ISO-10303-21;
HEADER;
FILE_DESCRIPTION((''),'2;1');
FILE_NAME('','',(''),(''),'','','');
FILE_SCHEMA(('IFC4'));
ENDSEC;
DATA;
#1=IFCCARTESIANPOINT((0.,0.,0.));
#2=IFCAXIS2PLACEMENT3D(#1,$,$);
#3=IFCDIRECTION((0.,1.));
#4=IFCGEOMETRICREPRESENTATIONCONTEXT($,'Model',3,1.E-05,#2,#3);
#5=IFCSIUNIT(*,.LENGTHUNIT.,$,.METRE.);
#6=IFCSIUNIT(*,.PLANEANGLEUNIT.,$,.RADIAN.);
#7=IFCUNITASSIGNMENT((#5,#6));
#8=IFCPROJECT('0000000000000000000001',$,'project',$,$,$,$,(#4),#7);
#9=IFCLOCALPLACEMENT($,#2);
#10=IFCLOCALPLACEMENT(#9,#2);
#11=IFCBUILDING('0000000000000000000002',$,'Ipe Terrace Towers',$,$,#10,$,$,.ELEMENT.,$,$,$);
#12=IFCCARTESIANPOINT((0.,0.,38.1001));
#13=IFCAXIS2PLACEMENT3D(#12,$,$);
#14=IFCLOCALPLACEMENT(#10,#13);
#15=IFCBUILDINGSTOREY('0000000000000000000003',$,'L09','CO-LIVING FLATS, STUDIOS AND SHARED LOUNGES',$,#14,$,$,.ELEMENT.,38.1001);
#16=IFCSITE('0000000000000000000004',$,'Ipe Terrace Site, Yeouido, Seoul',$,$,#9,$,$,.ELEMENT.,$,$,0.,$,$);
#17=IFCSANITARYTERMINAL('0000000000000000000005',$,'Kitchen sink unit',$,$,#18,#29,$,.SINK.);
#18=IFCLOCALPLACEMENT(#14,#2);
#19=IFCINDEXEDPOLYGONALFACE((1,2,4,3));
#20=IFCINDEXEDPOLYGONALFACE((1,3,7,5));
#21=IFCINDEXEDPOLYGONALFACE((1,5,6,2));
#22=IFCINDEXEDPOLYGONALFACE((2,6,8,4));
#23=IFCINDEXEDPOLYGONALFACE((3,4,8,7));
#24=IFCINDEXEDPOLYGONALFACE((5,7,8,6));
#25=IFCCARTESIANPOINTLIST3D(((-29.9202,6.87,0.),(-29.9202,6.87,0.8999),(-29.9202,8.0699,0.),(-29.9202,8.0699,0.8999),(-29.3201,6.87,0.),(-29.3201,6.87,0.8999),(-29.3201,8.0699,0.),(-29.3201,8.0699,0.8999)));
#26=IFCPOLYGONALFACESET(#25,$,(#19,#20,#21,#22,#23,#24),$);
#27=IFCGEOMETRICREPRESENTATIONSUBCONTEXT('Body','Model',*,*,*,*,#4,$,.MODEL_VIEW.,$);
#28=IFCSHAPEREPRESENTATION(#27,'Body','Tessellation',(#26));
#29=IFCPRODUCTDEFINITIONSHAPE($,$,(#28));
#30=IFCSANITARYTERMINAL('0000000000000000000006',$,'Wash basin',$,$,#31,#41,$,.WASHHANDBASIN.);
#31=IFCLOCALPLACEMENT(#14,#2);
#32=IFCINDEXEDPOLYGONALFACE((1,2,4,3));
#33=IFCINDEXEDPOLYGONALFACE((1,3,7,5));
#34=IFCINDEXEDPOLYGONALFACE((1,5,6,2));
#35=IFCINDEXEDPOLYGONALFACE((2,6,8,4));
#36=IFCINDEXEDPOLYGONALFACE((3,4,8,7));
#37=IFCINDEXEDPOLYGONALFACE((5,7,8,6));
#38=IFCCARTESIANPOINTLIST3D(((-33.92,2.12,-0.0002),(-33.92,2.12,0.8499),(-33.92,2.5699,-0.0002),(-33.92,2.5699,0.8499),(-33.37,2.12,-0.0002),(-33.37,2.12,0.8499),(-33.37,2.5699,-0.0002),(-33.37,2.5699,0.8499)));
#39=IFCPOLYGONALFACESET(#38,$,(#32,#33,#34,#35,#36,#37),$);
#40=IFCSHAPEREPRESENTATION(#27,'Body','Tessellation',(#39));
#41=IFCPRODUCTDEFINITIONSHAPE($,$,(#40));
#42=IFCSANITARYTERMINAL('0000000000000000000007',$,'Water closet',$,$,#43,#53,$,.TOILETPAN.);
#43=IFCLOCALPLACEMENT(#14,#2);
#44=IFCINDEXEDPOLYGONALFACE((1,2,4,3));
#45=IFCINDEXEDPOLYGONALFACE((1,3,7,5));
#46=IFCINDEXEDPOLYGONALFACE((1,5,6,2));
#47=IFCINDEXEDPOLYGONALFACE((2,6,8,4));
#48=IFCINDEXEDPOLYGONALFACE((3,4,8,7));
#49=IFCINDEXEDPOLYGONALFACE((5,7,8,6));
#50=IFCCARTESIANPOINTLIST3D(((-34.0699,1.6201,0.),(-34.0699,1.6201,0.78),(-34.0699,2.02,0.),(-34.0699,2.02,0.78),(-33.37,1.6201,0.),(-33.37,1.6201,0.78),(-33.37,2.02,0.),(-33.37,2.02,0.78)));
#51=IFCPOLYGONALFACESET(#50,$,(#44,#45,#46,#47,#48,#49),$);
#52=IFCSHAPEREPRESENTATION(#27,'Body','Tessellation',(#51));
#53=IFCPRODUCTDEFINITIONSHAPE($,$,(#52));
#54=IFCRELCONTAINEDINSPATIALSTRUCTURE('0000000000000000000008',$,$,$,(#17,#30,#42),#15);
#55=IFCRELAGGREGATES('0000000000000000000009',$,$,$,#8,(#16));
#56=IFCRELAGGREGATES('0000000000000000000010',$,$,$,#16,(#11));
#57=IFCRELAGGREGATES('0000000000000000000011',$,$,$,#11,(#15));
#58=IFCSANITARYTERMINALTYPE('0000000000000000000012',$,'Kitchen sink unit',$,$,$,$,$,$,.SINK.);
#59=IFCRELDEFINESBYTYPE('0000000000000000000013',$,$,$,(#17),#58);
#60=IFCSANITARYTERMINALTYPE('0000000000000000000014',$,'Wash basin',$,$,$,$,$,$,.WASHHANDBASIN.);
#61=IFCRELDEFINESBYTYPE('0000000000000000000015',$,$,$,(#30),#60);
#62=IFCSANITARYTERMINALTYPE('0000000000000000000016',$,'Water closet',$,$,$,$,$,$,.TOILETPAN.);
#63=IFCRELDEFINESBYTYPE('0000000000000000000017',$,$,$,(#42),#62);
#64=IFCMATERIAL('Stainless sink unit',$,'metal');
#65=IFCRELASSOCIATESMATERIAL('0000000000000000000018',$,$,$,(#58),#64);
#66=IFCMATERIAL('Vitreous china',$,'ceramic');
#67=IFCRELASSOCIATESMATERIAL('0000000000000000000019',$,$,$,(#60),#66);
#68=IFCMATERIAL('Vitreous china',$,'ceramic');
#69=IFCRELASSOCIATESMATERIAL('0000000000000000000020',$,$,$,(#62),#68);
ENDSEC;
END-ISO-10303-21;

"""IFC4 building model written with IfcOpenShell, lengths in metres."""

from ifc_helpers import new_model, si_unit, direction, frame, origin, origin_2d, place, context, subcontext, project, spatial, rectangle, extrude, material, type_object, element, save


model = new_model("IFC4")

# Units and contexts
model_context = context("Model", 3, precision=1e-05, world=origin(), true_north=direction((0.0, 1.0)))
body_context = subcontext(model_context, "Body", "Model", "MODEL_VIEW")
ifc_project = project(units=[si_unit("LENGTHUNIT", "METRE"), si_unit("PLANEANGLEUNIT", "RADIAN")], contexts=[model_context])

# Site, building, storey
site_placement = place(None, origin())
site = spatial("IfcSite", under=ifc_project, at=site_placement, Name="Ipe Terrace Site, Yeouido, Seoul", CompositionType="ELEMENT", RefElevation=0.0)
building_placement = place(site_placement, origin())
building = spatial("IfcBuilding", under=site, at=building_placement, Name="Ipe Terrace Towers", CompositionType="ELEMENT")
storey_placement = place(building_placement, frame((0.0, 0.0, 38.1001)))
storey = spatial("IfcBuildingStorey", under=building, at=storey_placement, Name="L09", Description="CO-LIVING FLATS, STUDIOS AND SHARED LOUNGES", CompositionType="ELEMENT", Elevation=38.1001)

# Sanitary terminals
ifc_material_1 = material(Name="Stainless sink unit", Category="metal")
sanitary_terminal_type_1 = type_object("IfcSanitaryTerminalType", Name="Kitchen sink unit", PredefinedType="SINK", material=ifc_material_1)
sanitary_terminal_1_placement = place(storey_placement, frame((-29.6201, 7.47, 0.0), z_axis=(0.0, 0.0, 1.0), x_axis=(0.0, -1.0, 0.0)))
element("IfcSanitaryTerminal", 1, at=sanitary_terminal_1_placement, inside=storey, type_object=sanitary_terminal_type_1, Name="Kitchen sink unit", PredefinedType="SINK", context=body_context, shape_type="SweptSolid", body=[
    extrude(rectangle(XDim=1.2, YDim=0.6001, at=origin_2d()), origin(), (0.0, 0.0, 1.0), 0.8999),
])
ifc_material_2 = material(Name="Vitreous china", Category="ceramic")
sanitary_terminal_type_2 = type_object("IfcSanitaryTerminalType", Name="Wash basin", PredefinedType="WASHHANDBASIN", material=ifc_material_2)
sanitary_terminal_2_placement = place(storey_placement, frame((-33.645, 2.345, -0.0002), z_axis=(0.0, 0.0, 1.0), x_axis=(-1.0, 0.0, 0.0)))
element("IfcSanitaryTerminal", 2, at=sanitary_terminal_2_placement, inside=storey, type_object=sanitary_terminal_type_2, Name="Wash basin", PredefinedType="WASHHANDBASIN", context=body_context, shape_type="SweptSolid", body=[
    extrude(rectangle(XDim=0.55, YDim=0.45, at=origin_2d()), origin(), (0.0, 0.0, 1.0), 0.8501),
])
ifc_material_3 = material(Name="Vitreous china", Category="ceramic")
sanitary_terminal_type_3 = type_object("IfcSanitaryTerminalType", Name="Water closet", PredefinedType="TOILETPAN", material=ifc_material_3)
sanitary_terminal_3_placement = place(storey_placement, frame((-33.72, 1.8201, 0.0), z_axis=(0.0, 0.0, 1.0), x_axis=(-1.0, 0.0, 0.0)))
element("IfcSanitaryTerminal", 3, at=sanitary_terminal_3_placement, inside=storey, type_object=sanitary_terminal_type_3, Name="Water closet", PredefinedType="TOILETPAN", context=body_context, shape_type="SweptSolid", body=[
    extrude(rectangle(XDim=0.7, YDim=0.3999, at=origin_2d()), origin(), (0.0, 0.0, 1.0), 0.78),
])

save(model, "model.ifc")
